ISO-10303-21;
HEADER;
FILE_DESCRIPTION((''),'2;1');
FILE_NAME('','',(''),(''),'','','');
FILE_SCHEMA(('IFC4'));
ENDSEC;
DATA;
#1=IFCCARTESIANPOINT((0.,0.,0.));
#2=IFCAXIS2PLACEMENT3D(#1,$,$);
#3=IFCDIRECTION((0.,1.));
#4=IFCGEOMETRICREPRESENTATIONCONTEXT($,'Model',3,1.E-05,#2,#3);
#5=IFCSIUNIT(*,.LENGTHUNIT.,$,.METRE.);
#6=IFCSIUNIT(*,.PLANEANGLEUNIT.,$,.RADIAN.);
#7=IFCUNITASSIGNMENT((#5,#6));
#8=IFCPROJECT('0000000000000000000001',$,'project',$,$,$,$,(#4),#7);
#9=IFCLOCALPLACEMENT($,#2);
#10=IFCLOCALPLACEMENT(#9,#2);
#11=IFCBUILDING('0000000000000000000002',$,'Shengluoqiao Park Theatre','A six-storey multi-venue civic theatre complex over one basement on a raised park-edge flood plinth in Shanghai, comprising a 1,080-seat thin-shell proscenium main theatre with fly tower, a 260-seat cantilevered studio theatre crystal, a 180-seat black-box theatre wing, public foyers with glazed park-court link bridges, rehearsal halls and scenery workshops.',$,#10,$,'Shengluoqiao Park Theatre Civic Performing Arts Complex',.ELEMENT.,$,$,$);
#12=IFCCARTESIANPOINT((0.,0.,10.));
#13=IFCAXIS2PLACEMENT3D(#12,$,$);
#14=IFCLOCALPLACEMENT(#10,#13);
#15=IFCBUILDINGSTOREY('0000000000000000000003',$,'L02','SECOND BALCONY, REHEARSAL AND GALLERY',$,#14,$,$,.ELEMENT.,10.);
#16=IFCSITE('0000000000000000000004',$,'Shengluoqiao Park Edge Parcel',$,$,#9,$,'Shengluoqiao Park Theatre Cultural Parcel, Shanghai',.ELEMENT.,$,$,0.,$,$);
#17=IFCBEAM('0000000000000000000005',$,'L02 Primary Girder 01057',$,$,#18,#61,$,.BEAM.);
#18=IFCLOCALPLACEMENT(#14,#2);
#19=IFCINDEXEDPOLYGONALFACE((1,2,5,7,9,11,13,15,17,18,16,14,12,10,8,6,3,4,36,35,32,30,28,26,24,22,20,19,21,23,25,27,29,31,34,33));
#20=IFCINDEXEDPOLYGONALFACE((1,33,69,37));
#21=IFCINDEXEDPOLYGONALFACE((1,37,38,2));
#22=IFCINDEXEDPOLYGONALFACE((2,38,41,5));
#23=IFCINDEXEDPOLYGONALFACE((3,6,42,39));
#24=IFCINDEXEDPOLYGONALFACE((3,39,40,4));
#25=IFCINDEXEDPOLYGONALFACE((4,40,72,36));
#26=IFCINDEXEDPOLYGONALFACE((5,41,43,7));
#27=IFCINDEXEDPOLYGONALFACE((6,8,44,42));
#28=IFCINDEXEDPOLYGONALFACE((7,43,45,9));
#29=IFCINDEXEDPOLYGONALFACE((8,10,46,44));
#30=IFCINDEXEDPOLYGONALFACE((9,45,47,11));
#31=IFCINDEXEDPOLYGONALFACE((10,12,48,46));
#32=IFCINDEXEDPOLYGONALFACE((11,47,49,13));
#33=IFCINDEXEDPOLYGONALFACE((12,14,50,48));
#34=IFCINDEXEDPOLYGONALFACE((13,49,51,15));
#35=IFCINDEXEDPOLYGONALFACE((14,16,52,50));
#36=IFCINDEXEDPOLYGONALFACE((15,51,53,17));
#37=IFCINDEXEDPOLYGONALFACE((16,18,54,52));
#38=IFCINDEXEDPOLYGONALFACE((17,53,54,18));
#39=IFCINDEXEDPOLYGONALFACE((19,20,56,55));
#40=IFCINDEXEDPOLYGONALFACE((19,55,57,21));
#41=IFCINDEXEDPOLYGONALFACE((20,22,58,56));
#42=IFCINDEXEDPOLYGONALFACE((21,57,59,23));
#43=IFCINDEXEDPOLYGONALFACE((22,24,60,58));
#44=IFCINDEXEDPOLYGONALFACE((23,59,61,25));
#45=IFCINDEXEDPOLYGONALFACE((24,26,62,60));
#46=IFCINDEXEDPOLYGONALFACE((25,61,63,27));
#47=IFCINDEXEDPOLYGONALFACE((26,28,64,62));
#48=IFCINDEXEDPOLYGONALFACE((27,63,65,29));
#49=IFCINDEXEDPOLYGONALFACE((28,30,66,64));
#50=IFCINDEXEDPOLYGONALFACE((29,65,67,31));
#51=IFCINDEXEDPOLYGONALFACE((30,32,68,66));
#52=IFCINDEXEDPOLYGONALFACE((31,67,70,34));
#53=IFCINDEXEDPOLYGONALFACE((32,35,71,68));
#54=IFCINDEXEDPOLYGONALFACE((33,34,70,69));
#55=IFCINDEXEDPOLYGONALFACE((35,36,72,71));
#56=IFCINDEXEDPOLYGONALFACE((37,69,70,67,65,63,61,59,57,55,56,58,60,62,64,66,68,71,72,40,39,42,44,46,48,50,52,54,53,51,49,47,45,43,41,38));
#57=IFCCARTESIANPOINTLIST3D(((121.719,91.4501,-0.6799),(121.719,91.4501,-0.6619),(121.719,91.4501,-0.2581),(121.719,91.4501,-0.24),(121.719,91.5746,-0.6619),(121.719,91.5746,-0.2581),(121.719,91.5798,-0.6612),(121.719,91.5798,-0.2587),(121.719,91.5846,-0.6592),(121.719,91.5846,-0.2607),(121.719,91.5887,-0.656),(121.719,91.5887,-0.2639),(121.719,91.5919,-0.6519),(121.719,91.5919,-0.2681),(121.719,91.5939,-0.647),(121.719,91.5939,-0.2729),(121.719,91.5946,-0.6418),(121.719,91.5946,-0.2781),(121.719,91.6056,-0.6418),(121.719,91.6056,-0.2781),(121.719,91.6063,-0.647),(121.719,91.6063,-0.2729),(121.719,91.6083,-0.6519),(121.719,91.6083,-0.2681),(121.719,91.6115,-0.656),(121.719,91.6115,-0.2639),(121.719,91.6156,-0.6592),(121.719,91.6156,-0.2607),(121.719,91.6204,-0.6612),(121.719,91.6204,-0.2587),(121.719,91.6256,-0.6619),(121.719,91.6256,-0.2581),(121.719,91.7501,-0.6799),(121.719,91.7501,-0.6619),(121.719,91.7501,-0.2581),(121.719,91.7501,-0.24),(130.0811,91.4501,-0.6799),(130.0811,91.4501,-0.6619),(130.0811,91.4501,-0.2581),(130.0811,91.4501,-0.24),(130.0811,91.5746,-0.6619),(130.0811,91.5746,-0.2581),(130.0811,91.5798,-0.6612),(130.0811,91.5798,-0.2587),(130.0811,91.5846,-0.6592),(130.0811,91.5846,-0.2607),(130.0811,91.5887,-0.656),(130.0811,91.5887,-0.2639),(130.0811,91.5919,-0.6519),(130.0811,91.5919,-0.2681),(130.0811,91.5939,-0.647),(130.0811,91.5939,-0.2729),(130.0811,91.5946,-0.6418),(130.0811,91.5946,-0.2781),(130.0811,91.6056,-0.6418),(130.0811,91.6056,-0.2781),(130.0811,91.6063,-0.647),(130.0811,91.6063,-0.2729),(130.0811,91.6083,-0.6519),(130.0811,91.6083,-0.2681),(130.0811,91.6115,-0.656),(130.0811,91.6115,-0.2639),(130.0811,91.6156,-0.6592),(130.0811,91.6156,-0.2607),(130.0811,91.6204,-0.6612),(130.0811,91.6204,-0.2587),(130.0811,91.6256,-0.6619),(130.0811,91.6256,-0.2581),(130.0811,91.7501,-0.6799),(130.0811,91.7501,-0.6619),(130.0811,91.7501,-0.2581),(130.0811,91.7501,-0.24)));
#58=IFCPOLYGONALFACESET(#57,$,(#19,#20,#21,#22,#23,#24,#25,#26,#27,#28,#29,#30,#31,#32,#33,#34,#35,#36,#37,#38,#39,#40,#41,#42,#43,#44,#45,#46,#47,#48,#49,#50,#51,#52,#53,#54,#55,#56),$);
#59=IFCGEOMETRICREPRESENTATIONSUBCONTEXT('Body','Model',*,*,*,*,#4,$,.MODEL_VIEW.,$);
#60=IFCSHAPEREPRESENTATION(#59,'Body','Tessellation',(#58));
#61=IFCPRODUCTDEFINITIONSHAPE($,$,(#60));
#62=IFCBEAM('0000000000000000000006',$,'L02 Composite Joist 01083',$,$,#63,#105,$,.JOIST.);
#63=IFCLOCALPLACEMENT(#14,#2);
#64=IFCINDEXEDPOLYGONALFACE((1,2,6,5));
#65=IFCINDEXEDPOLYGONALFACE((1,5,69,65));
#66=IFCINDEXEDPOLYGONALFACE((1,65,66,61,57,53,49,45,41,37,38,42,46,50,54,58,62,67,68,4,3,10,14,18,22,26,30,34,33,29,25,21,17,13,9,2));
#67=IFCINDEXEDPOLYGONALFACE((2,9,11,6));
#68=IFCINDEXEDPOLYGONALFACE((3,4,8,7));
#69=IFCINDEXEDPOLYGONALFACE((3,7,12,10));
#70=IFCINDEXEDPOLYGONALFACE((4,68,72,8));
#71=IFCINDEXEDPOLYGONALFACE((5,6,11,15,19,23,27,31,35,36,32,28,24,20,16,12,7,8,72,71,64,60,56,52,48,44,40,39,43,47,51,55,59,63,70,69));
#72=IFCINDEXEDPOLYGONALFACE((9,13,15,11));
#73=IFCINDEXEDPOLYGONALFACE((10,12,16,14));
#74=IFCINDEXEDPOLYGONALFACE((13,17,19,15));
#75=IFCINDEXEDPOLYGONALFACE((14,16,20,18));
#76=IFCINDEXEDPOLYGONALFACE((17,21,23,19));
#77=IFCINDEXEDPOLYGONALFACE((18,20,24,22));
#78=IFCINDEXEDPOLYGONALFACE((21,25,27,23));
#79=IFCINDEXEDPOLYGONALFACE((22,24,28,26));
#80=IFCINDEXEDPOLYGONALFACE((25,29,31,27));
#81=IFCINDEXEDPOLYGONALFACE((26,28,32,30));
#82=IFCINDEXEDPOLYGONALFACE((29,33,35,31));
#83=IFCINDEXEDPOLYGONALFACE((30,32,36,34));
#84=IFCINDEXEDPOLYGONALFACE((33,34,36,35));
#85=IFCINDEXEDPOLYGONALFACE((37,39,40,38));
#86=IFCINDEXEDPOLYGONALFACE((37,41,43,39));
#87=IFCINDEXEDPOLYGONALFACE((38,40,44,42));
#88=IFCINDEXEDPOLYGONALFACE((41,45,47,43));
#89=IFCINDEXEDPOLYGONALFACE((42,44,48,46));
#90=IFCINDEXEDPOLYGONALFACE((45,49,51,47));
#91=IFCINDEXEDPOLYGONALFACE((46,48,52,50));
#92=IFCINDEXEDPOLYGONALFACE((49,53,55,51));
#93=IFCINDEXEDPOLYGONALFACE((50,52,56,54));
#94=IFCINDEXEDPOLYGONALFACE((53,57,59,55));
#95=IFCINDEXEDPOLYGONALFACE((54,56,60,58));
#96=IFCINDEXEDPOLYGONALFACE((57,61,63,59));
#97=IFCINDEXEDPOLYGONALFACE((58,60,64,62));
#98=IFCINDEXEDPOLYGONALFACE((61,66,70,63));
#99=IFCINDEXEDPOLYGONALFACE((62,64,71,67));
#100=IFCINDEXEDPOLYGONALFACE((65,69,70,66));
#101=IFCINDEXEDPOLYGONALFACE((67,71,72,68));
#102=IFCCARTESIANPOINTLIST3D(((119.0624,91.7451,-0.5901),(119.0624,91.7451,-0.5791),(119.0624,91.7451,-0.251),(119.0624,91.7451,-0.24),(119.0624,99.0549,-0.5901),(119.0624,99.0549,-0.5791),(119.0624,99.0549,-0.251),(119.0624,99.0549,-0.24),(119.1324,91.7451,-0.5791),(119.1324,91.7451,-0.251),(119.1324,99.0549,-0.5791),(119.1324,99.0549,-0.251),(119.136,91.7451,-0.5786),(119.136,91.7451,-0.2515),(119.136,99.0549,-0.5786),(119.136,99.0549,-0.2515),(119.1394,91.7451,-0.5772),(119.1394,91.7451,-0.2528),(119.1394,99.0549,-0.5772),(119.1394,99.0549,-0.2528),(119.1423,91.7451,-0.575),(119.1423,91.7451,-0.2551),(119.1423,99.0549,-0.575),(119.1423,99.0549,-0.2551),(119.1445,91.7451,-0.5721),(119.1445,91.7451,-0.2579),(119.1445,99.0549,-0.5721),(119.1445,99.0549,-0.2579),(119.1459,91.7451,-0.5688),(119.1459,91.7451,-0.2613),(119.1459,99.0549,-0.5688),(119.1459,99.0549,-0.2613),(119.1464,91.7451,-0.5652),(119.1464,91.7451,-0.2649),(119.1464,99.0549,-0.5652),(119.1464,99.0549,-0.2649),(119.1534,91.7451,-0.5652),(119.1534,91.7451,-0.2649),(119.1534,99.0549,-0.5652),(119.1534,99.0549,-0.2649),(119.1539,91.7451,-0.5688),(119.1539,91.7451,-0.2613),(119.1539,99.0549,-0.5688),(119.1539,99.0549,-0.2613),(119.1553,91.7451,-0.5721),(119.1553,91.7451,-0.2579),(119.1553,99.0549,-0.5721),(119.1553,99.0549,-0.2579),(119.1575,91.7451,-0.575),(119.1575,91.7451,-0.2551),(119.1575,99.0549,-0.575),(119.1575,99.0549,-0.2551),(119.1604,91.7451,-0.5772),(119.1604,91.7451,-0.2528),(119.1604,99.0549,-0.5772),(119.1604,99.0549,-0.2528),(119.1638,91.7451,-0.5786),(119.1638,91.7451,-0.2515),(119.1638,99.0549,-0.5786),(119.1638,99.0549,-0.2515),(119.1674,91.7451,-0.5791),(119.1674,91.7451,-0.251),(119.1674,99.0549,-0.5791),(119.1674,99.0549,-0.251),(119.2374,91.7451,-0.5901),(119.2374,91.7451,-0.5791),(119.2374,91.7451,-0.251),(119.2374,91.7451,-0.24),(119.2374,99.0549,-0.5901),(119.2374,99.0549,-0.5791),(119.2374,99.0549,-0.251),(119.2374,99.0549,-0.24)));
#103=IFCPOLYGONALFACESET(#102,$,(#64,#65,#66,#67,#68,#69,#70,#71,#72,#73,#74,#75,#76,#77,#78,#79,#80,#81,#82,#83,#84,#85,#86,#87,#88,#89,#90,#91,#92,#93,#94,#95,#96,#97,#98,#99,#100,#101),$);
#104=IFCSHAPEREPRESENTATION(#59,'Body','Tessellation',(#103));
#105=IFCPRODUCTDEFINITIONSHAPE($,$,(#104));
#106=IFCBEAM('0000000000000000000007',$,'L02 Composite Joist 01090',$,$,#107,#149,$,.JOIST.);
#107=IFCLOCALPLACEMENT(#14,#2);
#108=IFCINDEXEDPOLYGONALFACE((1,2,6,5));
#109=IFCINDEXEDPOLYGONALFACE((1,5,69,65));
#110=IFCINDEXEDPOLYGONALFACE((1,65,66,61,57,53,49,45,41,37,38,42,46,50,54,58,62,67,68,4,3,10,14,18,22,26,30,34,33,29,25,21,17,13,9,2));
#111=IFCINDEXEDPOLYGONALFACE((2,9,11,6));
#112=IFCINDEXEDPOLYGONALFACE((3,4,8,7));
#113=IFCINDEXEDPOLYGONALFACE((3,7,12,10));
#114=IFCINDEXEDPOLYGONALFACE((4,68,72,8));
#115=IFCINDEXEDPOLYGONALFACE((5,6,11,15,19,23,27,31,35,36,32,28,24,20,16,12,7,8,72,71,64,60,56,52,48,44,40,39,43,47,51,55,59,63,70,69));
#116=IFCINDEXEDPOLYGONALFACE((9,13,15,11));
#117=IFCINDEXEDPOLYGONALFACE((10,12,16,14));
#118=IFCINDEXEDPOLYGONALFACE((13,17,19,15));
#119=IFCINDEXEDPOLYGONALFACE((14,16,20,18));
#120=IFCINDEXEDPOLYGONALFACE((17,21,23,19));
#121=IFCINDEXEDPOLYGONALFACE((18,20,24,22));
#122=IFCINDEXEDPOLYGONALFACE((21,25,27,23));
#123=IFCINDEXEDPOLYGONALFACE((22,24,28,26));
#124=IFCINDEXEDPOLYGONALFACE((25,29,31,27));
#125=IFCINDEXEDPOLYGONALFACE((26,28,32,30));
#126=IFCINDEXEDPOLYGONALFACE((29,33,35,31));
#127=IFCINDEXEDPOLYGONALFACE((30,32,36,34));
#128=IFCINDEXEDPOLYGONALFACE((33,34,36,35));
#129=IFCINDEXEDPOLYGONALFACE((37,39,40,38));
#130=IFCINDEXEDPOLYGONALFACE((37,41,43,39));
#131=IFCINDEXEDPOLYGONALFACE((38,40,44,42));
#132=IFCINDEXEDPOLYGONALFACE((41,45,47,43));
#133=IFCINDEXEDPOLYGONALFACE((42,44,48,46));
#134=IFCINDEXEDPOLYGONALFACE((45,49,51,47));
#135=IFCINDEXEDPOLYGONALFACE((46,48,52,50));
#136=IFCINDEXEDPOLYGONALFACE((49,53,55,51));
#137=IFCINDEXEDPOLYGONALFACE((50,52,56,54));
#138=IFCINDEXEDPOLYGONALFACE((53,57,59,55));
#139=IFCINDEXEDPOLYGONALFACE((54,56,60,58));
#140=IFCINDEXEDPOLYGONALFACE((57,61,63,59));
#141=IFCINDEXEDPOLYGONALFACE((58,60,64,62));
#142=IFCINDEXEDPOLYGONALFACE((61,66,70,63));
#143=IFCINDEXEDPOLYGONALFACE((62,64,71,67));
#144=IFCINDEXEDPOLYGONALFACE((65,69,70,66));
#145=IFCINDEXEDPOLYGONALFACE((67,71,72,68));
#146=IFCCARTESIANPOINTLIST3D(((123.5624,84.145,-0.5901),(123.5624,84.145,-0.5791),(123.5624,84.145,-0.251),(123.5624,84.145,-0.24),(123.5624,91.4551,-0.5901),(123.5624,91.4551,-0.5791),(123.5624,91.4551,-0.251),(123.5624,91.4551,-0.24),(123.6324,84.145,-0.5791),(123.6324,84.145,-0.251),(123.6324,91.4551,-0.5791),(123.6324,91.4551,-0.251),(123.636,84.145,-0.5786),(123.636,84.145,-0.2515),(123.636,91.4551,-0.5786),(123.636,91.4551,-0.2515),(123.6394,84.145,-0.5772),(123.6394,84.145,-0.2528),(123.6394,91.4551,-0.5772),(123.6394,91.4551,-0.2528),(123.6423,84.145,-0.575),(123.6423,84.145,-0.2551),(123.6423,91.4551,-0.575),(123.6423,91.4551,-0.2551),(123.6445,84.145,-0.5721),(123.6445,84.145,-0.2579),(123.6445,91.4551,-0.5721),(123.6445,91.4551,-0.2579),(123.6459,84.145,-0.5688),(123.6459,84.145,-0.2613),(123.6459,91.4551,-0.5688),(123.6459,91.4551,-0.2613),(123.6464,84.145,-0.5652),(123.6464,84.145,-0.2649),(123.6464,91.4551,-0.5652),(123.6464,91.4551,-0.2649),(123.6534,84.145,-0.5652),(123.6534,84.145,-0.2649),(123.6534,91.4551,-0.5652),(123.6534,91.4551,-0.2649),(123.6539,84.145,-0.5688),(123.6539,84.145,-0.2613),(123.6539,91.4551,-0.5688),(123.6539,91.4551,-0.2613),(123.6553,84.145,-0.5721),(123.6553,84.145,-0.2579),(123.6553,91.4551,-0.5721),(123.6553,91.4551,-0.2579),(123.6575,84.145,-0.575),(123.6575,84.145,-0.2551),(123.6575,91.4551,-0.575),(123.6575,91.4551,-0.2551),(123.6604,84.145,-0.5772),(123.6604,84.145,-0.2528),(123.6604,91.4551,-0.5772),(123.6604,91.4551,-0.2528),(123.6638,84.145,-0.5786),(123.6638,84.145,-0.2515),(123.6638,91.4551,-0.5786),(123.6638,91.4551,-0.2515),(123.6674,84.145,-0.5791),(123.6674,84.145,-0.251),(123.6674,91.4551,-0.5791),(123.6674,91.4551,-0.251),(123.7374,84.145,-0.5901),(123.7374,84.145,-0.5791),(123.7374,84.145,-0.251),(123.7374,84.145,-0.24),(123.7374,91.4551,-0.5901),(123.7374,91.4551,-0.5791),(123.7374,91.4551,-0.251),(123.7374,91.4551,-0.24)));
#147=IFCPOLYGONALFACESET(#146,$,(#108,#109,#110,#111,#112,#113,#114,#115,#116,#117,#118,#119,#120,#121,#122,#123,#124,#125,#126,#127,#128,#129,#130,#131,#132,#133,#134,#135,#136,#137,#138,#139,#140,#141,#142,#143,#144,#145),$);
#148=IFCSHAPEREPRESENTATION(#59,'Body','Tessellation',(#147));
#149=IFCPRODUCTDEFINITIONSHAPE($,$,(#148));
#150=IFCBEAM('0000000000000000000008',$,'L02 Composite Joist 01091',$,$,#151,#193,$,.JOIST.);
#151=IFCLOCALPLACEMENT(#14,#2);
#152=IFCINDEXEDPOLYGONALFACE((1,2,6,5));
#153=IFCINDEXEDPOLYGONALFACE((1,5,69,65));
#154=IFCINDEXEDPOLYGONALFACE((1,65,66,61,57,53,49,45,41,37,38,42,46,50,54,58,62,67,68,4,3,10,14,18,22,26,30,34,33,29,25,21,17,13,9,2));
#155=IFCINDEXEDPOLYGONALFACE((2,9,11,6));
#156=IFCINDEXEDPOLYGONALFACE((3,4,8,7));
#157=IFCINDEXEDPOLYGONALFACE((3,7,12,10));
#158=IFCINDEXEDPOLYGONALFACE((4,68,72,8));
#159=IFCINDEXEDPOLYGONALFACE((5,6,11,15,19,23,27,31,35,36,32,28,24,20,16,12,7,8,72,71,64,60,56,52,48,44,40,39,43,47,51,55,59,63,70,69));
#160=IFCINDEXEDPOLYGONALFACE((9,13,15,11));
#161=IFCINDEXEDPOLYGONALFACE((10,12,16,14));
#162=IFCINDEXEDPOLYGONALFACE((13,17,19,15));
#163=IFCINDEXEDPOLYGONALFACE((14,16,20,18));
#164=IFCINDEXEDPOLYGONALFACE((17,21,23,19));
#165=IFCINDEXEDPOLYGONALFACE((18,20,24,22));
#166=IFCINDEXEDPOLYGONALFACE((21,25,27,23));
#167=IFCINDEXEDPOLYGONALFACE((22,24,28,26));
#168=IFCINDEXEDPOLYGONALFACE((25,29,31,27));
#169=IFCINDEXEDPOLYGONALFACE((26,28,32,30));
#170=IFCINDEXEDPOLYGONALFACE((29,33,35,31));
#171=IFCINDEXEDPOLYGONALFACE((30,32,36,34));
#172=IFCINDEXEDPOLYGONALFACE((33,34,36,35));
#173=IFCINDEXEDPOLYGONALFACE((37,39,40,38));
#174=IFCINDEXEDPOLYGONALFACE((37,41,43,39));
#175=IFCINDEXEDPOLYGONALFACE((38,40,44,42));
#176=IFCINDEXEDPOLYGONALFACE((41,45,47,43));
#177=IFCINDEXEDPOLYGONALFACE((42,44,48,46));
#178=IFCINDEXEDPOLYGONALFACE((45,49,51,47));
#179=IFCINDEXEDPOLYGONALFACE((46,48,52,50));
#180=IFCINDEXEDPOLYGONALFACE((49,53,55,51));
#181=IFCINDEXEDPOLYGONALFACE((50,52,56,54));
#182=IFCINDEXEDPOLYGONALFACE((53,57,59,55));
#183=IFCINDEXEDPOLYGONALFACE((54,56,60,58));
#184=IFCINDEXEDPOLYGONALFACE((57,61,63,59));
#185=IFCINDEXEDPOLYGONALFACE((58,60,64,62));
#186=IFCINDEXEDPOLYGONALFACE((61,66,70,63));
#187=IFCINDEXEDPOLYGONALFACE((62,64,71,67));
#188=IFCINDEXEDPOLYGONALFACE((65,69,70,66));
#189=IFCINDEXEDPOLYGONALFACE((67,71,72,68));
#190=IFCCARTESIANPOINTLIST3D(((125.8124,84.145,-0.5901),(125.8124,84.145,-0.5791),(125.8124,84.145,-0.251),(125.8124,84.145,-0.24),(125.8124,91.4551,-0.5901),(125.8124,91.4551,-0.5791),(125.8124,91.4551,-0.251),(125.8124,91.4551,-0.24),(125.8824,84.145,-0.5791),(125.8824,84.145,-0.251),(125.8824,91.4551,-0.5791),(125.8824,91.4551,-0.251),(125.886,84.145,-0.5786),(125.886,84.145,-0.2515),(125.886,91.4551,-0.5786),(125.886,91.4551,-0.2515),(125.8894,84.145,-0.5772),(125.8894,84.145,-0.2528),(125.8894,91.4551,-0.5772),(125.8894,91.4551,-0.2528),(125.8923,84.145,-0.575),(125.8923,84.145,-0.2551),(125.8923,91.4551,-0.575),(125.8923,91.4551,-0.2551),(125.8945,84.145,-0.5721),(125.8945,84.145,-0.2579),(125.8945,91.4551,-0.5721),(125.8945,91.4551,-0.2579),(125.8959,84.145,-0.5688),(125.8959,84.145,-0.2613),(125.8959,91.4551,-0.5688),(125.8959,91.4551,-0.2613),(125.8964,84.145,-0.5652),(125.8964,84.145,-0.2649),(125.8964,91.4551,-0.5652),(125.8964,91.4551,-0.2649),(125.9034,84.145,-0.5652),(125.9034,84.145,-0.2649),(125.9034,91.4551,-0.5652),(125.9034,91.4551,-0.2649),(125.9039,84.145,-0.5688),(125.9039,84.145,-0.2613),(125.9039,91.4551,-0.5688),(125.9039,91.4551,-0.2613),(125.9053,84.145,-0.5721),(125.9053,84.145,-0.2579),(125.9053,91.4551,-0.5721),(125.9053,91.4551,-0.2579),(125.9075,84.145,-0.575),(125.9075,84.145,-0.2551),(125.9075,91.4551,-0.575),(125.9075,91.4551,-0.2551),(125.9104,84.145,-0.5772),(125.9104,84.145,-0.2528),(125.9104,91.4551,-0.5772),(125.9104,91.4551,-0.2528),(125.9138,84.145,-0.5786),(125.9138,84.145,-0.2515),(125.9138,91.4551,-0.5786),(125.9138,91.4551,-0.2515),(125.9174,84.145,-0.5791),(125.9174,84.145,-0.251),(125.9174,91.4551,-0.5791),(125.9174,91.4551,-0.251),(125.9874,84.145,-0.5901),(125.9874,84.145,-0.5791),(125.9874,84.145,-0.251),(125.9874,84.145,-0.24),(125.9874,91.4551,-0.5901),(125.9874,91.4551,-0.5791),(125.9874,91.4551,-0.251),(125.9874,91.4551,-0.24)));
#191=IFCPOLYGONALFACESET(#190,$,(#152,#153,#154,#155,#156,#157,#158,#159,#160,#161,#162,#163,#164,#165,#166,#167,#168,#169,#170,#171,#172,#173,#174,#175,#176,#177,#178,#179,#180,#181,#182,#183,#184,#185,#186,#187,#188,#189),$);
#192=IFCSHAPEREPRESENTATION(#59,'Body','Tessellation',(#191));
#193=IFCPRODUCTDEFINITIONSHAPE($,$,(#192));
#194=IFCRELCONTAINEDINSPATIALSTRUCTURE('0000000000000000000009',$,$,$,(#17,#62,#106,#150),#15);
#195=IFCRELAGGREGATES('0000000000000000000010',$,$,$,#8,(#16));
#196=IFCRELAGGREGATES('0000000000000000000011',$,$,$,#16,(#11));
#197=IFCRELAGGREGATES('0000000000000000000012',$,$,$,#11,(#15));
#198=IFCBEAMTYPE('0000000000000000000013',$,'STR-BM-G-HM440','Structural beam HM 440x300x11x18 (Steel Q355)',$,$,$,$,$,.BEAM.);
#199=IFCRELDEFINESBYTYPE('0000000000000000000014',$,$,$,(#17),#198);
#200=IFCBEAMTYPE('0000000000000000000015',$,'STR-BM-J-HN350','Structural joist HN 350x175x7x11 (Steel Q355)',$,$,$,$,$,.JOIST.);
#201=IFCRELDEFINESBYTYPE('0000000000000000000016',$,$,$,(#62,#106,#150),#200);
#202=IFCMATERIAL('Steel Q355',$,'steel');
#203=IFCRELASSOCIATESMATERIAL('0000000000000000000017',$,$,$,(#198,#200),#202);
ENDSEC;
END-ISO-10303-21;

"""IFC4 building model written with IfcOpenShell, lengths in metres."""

from ifc_helpers import new_model, si_unit, direction, frame, origin, origin_2d, place, context, subcontext, project, spatial, i_section, extrude, material, material_profile, profile_set, type_object, element, save


model = new_model("IFC4")

# Units and contexts
model_context = context("Model", 3, precision=1e-05, world=origin(), true_north=direction((0.0, 1.0)))
body_context = subcontext(model_context, "Body", "Model", "MODEL_VIEW")
ifc_project = project(units=[si_unit("LENGTHUNIT", "METRE"), si_unit("PLANEANGLEUNIT", "RADIAN")], contexts=[model_context])

# Site, building, storey
site_placement = place(None, origin())
site = spatial("IfcSite", under=ifc_project, at=site_placement, Name="Shengluoqiao Park Edge Parcel", LongName="Shengluoqiao Park Theatre Cultural Parcel, Shanghai", CompositionType="ELEMENT", RefElevation=0.0)
building_placement = place(site_placement, origin())
building = spatial("IfcBuilding", under=site, at=building_placement, Name="Shengluoqiao Park Theatre", Description="A six-storey multi-venue civic theatre complex over one basement on a raised park-edge flood plinth in Shanghai, comprising a 1,080-seat thin-shell proscenium main theatre with fly tower, a 260-seat cantilevered studio theatre crystal, a 180-seat black-box theatre wing, public foyers with glazed park-court link bridges, rehearsal halls and scenery workshops.", LongName="Shengluoqiao Park Theatre Civic Performing Arts Complex", CompositionType="ELEMENT")
storey_placement = place(building_placement, frame((0.0, 0.0, 10.0)))
storey = spatial("IfcBuildingStorey", under=building, at=storey_placement, Name="L02", Description="SECOND BALCONY, REHEARSAL AND GALLERY", CompositionType="ELEMENT", Elevation=10.0)

# Beams
ifc_material_1 = material(Name="Steel Q355", Category="steel")
ifc_material_profile_1 = material_profile(ifc_material_1, i_section(OverallWidth=0.3, OverallDepth=0.4399, WebThickness=0.011, FlangeThickness=0.0181, FilletRadius=0.02, at=origin_2d()), Name="HM 440x300x11x18")
ifc_profile_set_1 = profile_set([ifc_material_profile_1], Name="Steel Q355")
beam_type_1 = type_object("IfcBeamType", Name="STR-BM-G-HM440", Description="Structural beam HM 440x300x11x18 (Steel Q355)", PredefinedType="BEAM", material=ifc_profile_set_1)
for number, where, z_axis, x_axis, name in (
    (1, (121.719, 91.6001, -0.46), (1.0, 0.0, 0.0), (0.0, 1.0, 0.0), "L02 Primary Girder 01057"),
):
    element("IfcBeam", number, at=place(storey_placement, frame(where, z_axis=z_axis, x_axis=x_axis)), inside=storey, type_object=beam_type_1, Name=name, PredefinedType="BEAM", context=body_context, shape_type="SweptSolid", body=[
        extrude(i_section(OverallWidth=0.3, OverallDepth=0.4399, WebThickness=0.011, FlangeThickness=0.0181, FilletRadius=0.02, at=origin_2d()), origin(), (0.0, 0.0, 1.0), 8.3621),
    ])
ifc_material_profile_2 = material_profile(ifc_material_1, i_section(OverallWidth=0.175, OverallDepth=0.3501, WebThickness=0.0071, FlangeThickness=0.011, FilletRadius=0.0139, at=origin_2d()), Name="HN 350x175x7x11")
ifc_profile_set_2 = profile_set([ifc_material_profile_2], Name="Steel Q355")
beam_type_2 = type_object("IfcBeamType", Name="STR-BM-J-HN350", Description="Structural joist HN 350x175x7x11 (Steel Q355)", PredefinedType="JOIST", material=ifc_profile_set_2)
beam_1_placement = place(storey_placement, frame((119.1499, 91.7451, -0.415), z_axis=(0.0, 1.0, 0.0), x_axis=(-1.0, 0.0, 0.0)))
element("IfcBeam", 2, at=beam_1_placement, inside=storey, type_object=beam_type_2, Name="L02 Composite Joist 01083", PredefinedType="JOIST", context=body_context, shape_type="SweptSolid", body=[
    extrude(i_section(OverallWidth=0.175, OverallDepth=0.3501, WebThickness=0.0071, FlangeThickness=0.011, FilletRadius=0.0139, at=origin_2d()), origin(), (0.0, 0.0, 1.0), 7.3098),
])
for number, where, z_axis, x_axis, name in (
    (3, (123.6499, 84.145, -0.415), (0.0, 1.0, 0.0), (-1.0, 0.0, 0.0), "L02 Composite Joist 01090"),
    (4, (125.8999, 84.145, -0.415), (0.0, 1.0, 0.0), (-1.0, 0.0, 0.0), "L02 Composite Joist 01091"),
):
    element("IfcBeam", number, at=place(storey_placement, frame(where, z_axis=z_axis, x_axis=x_axis)), inside=storey, type_object=beam_type_2, Name=name, PredefinedType="JOIST", context=body_context, shape_type="SweptSolid", body=[
        extrude(i_section(OverallWidth=0.175, OverallDepth=0.3501, WebThickness=0.0071, FlangeThickness=0.011, FilletRadius=0.0139, at=origin_2d()), origin(), (0.0, 0.0, 1.0), 7.3101),
    ])

save(model, "model.ifc")
